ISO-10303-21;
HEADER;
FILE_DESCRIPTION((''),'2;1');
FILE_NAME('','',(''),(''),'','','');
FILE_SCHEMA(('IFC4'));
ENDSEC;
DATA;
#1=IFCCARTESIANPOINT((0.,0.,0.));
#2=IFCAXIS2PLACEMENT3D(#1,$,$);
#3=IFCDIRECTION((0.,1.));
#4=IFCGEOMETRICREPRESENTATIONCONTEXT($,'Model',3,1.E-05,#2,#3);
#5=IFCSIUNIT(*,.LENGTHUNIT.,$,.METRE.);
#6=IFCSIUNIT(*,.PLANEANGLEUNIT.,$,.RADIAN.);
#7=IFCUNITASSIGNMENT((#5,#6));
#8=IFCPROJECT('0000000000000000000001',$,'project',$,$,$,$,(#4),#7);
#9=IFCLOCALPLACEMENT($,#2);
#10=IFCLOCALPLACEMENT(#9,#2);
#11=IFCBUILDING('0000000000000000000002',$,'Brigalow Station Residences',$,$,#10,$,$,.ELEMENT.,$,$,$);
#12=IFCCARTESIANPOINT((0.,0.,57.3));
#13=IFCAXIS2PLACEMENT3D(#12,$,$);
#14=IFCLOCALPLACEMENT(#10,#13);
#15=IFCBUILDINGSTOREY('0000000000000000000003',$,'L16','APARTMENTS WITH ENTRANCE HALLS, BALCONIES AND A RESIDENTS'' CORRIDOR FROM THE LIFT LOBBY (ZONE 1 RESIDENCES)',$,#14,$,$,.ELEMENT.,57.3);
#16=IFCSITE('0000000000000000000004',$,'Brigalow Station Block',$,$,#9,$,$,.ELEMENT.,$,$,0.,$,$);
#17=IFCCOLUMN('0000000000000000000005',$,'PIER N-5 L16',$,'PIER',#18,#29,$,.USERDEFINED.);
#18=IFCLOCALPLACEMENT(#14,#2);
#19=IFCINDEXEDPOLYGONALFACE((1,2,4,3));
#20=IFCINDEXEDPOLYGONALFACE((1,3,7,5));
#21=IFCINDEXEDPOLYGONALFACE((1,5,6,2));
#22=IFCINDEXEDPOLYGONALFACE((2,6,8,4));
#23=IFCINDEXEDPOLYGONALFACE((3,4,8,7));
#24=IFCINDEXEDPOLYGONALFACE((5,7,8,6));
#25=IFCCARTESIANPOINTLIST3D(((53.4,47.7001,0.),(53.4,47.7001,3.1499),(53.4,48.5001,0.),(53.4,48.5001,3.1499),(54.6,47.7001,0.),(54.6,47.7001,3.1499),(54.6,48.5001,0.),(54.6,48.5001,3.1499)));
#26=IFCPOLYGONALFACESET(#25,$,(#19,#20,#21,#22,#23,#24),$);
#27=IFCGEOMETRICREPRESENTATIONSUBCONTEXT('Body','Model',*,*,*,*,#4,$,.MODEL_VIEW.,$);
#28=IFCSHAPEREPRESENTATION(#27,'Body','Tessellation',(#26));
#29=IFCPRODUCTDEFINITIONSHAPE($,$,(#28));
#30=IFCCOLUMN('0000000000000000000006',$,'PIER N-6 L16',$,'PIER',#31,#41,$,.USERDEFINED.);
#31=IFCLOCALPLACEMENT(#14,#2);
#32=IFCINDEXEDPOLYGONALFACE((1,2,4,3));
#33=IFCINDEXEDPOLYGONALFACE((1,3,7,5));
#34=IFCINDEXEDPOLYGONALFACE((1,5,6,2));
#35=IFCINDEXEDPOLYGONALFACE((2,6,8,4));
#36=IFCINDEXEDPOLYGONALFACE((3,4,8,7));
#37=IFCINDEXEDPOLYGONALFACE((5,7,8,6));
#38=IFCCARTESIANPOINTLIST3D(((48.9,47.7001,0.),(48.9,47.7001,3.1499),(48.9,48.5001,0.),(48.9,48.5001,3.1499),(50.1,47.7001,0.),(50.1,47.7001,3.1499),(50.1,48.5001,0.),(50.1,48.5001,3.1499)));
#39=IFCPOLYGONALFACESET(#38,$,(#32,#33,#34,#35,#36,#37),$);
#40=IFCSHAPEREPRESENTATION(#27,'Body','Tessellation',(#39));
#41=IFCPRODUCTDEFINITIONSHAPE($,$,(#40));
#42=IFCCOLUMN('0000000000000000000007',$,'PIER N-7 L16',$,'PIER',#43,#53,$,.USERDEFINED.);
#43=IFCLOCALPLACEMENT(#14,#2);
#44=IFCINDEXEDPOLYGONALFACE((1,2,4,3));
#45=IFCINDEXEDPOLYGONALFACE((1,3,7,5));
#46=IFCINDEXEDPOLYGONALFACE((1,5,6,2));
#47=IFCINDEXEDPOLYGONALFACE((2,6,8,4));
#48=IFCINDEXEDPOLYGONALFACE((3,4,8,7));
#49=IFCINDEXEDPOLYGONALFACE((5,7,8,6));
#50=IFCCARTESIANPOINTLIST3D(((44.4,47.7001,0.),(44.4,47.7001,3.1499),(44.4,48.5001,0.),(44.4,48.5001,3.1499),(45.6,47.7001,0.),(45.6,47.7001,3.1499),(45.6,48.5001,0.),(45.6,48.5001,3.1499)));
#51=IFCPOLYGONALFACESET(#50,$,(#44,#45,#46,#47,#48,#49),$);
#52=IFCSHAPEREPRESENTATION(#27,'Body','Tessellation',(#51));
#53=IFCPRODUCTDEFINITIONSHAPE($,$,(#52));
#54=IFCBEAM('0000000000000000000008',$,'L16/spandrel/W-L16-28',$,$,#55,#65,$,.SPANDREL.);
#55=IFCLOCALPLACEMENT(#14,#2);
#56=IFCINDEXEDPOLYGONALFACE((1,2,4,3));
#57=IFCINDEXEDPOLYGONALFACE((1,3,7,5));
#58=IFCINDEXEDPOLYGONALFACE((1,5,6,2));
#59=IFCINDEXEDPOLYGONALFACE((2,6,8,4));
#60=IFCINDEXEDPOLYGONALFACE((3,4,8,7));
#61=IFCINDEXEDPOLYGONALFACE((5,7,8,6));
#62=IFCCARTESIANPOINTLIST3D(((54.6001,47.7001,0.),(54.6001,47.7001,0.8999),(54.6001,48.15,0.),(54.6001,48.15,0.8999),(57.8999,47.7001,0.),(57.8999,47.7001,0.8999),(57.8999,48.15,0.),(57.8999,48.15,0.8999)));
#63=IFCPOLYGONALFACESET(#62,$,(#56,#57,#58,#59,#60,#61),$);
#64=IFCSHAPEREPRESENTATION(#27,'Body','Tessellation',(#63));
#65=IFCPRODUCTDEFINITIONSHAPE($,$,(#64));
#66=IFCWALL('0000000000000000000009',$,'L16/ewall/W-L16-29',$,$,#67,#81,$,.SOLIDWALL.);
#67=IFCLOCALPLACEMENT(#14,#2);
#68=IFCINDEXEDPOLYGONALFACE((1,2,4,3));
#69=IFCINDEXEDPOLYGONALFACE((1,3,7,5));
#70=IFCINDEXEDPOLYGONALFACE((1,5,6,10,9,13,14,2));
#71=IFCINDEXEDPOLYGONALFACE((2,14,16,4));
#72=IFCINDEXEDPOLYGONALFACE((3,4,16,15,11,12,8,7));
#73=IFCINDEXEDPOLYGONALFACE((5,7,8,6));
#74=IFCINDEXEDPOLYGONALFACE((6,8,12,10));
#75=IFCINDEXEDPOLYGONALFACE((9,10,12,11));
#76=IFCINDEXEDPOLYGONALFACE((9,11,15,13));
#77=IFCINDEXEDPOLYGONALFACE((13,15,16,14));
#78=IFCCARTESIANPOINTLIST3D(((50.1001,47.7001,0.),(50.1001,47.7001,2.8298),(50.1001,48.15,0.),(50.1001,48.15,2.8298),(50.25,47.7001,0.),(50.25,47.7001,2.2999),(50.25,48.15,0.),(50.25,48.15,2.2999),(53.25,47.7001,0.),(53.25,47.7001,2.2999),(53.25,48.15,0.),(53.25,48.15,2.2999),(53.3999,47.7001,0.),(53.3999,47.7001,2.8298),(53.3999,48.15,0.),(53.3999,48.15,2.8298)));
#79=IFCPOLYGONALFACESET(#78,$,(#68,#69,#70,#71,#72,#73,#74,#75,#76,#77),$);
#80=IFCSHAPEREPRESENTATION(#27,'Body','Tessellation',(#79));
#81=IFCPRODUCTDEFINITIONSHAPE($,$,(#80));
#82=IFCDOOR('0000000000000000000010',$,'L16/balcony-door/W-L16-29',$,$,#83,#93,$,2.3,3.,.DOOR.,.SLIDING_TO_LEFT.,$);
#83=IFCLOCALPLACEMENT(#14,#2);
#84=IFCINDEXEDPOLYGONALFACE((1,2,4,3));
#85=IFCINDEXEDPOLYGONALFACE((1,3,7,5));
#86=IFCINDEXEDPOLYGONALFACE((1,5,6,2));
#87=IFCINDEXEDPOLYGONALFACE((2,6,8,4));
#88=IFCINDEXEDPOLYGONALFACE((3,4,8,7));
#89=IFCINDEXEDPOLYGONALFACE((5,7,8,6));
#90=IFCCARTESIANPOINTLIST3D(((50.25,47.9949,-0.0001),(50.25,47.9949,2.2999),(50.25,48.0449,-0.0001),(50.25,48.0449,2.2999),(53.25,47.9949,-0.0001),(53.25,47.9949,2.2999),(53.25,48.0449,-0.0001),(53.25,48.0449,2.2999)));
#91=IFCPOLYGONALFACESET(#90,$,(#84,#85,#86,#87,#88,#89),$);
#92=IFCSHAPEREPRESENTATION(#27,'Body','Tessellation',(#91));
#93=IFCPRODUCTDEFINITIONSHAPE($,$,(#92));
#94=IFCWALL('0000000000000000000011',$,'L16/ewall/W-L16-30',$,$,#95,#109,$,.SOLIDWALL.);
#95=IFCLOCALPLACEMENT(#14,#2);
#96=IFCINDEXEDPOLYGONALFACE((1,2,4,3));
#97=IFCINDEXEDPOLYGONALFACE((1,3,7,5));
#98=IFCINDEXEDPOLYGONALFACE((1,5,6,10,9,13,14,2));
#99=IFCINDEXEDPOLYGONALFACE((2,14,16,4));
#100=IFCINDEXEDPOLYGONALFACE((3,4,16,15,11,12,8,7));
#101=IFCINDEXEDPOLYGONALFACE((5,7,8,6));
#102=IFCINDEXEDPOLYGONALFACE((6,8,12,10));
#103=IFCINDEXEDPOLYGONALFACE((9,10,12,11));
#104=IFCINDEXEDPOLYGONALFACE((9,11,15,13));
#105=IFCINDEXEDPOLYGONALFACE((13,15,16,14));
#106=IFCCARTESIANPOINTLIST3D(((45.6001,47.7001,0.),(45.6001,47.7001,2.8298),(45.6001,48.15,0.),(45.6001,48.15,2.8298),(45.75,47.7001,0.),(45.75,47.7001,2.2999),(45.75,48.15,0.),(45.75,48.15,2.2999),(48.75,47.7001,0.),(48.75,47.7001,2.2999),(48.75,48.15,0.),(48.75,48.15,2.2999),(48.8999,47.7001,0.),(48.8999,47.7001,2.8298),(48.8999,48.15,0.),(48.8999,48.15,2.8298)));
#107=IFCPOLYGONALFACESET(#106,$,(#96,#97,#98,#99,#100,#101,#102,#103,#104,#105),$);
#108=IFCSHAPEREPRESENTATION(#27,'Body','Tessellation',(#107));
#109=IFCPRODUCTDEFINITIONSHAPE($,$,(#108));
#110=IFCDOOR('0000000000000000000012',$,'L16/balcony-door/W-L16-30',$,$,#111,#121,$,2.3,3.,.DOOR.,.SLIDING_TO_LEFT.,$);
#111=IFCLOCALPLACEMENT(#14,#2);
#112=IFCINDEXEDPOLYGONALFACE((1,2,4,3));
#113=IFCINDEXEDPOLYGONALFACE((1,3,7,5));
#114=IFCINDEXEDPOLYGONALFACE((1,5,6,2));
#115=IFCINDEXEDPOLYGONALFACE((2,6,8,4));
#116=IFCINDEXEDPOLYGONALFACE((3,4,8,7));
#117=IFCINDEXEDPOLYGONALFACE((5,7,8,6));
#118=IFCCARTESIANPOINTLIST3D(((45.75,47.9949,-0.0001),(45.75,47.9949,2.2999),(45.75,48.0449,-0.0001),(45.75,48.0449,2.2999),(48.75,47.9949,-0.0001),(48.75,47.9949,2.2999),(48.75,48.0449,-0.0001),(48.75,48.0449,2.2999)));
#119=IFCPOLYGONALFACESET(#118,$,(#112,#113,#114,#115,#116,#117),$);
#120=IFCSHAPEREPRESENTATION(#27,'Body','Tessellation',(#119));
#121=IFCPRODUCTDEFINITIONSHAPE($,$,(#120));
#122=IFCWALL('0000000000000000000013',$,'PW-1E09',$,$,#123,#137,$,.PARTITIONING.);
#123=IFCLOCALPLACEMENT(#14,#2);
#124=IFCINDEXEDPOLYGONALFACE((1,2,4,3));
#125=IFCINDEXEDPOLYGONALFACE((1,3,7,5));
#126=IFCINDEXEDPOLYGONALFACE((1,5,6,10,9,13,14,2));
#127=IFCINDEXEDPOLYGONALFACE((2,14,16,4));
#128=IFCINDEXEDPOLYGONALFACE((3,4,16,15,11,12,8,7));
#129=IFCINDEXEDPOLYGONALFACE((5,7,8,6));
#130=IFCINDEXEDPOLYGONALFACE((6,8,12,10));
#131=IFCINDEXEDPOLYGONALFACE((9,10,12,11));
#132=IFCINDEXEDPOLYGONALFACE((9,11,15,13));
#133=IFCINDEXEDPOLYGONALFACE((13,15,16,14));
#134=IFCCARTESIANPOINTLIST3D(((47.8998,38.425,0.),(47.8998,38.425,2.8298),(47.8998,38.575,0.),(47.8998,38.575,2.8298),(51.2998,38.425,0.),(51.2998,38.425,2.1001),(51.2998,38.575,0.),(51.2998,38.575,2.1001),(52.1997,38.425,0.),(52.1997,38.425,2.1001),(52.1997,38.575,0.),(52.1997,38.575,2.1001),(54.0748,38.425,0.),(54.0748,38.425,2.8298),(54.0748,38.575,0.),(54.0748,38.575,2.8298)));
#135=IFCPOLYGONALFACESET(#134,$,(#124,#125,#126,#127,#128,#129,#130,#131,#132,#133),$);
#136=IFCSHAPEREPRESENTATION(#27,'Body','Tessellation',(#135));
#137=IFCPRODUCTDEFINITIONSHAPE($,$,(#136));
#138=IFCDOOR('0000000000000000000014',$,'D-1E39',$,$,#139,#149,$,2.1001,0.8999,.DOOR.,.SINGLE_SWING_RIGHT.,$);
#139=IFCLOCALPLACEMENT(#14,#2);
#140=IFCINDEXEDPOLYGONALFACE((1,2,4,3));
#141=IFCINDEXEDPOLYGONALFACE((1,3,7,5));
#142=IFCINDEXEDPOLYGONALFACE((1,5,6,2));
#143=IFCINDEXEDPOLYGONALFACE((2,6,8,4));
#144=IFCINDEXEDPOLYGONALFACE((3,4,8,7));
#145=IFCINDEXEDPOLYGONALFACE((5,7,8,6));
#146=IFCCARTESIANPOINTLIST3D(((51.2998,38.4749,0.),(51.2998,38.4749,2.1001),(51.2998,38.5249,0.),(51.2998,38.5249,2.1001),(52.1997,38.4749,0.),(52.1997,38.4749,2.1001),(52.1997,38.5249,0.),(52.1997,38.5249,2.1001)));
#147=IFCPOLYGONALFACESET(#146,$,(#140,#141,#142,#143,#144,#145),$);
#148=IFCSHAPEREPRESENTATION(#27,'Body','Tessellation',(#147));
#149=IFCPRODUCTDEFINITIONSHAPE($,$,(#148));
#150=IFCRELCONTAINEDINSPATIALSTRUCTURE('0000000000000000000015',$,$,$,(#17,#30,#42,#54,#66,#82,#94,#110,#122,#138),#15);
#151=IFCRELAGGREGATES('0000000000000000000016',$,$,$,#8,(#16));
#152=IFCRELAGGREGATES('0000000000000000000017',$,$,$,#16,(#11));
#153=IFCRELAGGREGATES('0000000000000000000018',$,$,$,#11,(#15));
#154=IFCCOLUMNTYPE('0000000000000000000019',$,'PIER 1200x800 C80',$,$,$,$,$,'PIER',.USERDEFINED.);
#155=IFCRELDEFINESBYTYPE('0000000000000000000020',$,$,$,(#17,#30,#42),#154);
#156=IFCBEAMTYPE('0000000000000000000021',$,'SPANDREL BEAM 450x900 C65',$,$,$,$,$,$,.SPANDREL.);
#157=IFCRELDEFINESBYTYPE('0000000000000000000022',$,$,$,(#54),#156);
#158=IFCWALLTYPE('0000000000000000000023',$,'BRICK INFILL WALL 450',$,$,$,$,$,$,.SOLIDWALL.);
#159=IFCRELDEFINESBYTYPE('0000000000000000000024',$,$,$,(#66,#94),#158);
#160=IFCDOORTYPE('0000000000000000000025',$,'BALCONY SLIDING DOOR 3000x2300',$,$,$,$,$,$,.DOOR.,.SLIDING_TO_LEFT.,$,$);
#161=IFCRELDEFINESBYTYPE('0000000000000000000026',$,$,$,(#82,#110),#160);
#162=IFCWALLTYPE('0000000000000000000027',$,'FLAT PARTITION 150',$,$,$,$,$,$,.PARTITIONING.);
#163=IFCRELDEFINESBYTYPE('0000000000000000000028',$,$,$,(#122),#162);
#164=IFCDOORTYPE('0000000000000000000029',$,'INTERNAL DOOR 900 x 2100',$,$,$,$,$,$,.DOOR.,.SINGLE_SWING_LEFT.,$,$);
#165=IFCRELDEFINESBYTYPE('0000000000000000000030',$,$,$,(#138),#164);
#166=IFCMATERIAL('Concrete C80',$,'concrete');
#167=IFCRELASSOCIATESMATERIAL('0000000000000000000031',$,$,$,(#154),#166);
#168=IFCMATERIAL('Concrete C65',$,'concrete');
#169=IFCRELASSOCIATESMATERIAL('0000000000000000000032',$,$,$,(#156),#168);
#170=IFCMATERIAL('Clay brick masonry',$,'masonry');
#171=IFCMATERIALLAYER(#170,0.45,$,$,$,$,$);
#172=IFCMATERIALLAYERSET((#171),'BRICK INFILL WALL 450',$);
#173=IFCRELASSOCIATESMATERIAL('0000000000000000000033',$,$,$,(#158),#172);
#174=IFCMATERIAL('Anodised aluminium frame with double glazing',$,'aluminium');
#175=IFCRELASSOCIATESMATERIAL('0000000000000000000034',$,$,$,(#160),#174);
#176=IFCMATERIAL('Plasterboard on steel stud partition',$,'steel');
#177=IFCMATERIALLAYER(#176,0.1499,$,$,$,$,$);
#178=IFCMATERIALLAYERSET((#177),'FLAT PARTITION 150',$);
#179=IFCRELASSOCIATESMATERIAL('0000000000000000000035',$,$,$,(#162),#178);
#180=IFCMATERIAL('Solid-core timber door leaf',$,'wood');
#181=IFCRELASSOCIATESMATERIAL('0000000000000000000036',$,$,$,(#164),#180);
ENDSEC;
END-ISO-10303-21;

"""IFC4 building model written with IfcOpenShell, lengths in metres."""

from ifc_helpers import new_model, si_unit, direction, frame, frame_2d, origin, origin_2d, place, context, subcontext, project, spatial, rectangle, extrude, material, layer, layer_set, material_profile, profile_set, type_object, element, fill, save


model = new_model("IFC4")

# Units and contexts
model_context = context("Model", 3, precision=1e-05, world=origin(), true_north=direction((0.0, 1.0)))
body_context = subcontext(model_context, "Body", "Model", "MODEL_VIEW")
ifc_project = project(units=[si_unit("LENGTHUNIT", "METRE"), si_unit("PLANEANGLEUNIT", "RADIAN")], contexts=[model_context])

# Site, building, storey
site_placement = place(None, origin())
site = spatial("IfcSite", under=ifc_project, at=site_placement, Name="Brigalow Station Block", CompositionType="ELEMENT", RefElevation=0.0)
building_placement = place(site_placement, origin())
building = spatial("IfcBuilding", under=site, at=building_placement, Name="Brigalow Station Residences", CompositionType="ELEMENT")
storey_placement = place(building_placement, frame((0.0, 0.0, 57.3)))
storey = spatial("IfcBuildingStorey", under=building, at=storey_placement, Name="L16", Description="APARTMENTS WITH ENTRANCE HALLS, BALCONIES AND A RESIDENTS' CORRIDOR FROM THE LIFT LOBBY (ZONE 1 RESIDENCES)", CompositionType="ELEMENT", Elevation=57.3)

# Columns
ifc_material_1 = material(Name="Concrete C80", Category="concrete")
ifc_material_profile_1 = material_profile(ifc_material_1, rectangle(XDim=1.2, YDim=0.8, at=origin_2d()), Name="RC1200x800")
ifc_profile_set_1 = profile_set([ifc_material_profile_1], Name="Concrete C80")
column_type = type_object("IfcColumnType", Name="PIER 1200x800 C80", ElementType="PIER", PredefinedType="USERDEFINED", material=ifc_profile_set_1)
for number, where, z_axis, x_axis, name in (
    (1, (54.0, 48.1001, 0.0), (0.0, 0.0, 1.0), (-1.0, 0.0, 0.0), "PIER N-5 L16"),
    (2, (49.5, 48.1001, 0.0), (0.0, 0.0, 1.0), (-1.0, 0.0, 0.0), "PIER N-6 L16"),
    (3, (45.0, 48.1001, 0.0), (0.0, 0.0, 1.0), (-1.0, 0.0, 0.0), "PIER N-7 L16"),
):
    element("IfcColumn", number, at=place(storey_placement, frame(where, z_axis=z_axis, x_axis=x_axis)), inside=storey, type_object=column_type, Name=name, ObjectType="PIER", PredefinedType="USERDEFINED", context=body_context, shape_type="SweptSolid", body=[
        extrude(rectangle(XDim=1.2, YDim=0.8, at=origin_2d()), origin(), (0.0, 0.0, 1.0), 3.1499),
    ])

# Beam
ifc_material_2 = material(Name="Concrete C65", Category="concrete")
ifc_material_profile_2 = material_profile(ifc_material_2, rectangle(XDim=0.45, YDim=0.8999, at=origin_2d()), Name="RC450x900")
ifc_profile_set_2 = profile_set([ifc_material_profile_2], Name="Concrete C65")
beam_type = type_object("IfcBeamType", Name="SPANDREL BEAM 450x900 C65", PredefinedType="SPANDREL", material=ifc_profile_set_2)
beam_placement = place(storey_placement, frame((57.8999, 47.925, 0.45), z_axis=(-1.0, 0.0, 0.0), x_axis=(0.0, -1.0, 0.0)))
element("IfcBeam", 4, at=beam_placement, inside=storey, type_object=beam_type, Name="L16/spandrel/W-L16-28", PredefinedType="SPANDREL", context=body_context, shape_type="SweptSolid", body=[
    extrude(rectangle(XDim=0.45, YDim=0.8999, at=origin_2d()), origin(), (0.0, 0.0, 1.0), 3.2998),
])

# Walls, openings, doors
ifc_material_3 = material(Name="Clay brick masonry", Category="masonry")
ifc_layer_1 = layer(ifc_material_3, 0.45)
ifc_layer_set_1 = layer_set([ifc_layer_1], Name="BRICK INFILL WALL 450")
wall_type_1 = type_object("IfcWallType", Name="BRICK INFILL WALL 450", PredefinedType="SOLIDWALL", material=ifc_layer_set_1)
wall_1_placement = place(storey_placement, frame((53.3999, 47.925, 0.0), z_axis=(0.0, 0.0, 1.0), x_axis=(-1.0, 0.0, 0.0)))
wall_1 = element("IfcWall", 5, at=wall_1_placement, inside=storey, type_object=wall_type_1, Name="L16/ewall/W-L16-29", PredefinedType="SOLIDWALL", context=body_context, shape_type="SweptSolid", body=[
    extrude(rectangle(XDim=3.2998, YDim=0.45, at=frame_2d((1.6499, 0.0))), origin(), (0.0, 0.0, 1.0), 2.8298),
])
opening_1_placement = place(wall_1_placement, frame((0.1499, 0.0, 0.0)))
opening_1 = element("IfcOpeningElement", 6, at=opening_1_placement, cuts=wall_1, PredefinedType="OPENING", context=body_context, shape_type="SweptSolid", body=[
    extrude(rectangle(XDim=3.0, YDim=2.3, at=frame_2d((1.5, 1.1499))), frame((0.0, 0.2349, 0.0), z_axis=(0.0, -1.0, 0.0), x_axis=(1.0, 0.0, 0.0)), (0.0, 0.0, 1.0), 0.47),
])
ifc_material_4 = material(Name="Anodised aluminium frame with double glazing", Category="aluminium")
door_type_1 = type_object("IfcDoorType", Name="BALCONY SLIDING DOOR 3000x2300", OperationType="SLIDING_TO_LEFT", PredefinedType="DOOR", material=ifc_material_4)
door_1_placement = place(opening_1_placement, origin())
door_1 = element("IfcDoor", 7, at=door_1_placement, inside=storey, type_object=door_type_1, Name="L16/balcony-door/W-L16-29", OperationType="SLIDING_TO_LEFT", OverallHeight=2.3, OverallWidth=3.0, PredefinedType="DOOR", context=body_context, shape_type="SweptSolid", body=[
    extrude(rectangle(XDim=3.0, YDim=2.3, at=frame_2d((1.5, 1.1499))), frame((0.0, -0.0698, 0.0), z_axis=(0.0, -1.0, 0.0), x_axis=(1.0, 0.0, 0.0)), (0.0, 0.0, 1.0), 0.05),
])
fill(opening_1, door_1)
wall_2_placement = place(storey_placement, frame((48.8999, 47.925, 0.0), z_axis=(0.0, 0.0, 1.0), x_axis=(-1.0, 0.0, 0.0)))
wall_2 = element("IfcWall", 8, at=wall_2_placement, inside=storey, type_object=wall_type_1, Name="L16/ewall/W-L16-30", PredefinedType="SOLIDWALL", context=body_context, shape_type="SweptSolid", body=[
    extrude(rectangle(XDim=3.2998, YDim=0.45, at=frame_2d((1.6499, 0.0))), origin(), (0.0, 0.0, 1.0), 2.8298),
])
opening_2_placement = place(wall_2_placement, frame((0.1499, 0.0, 0.0)))
opening_2 = element("IfcOpeningElement", 9, at=opening_2_placement, cuts=wall_2, PredefinedType="OPENING", context=body_context, shape_type="SweptSolid", body=[
    extrude(rectangle(XDim=3.0, YDim=2.3, at=frame_2d((1.5, 1.1499))), frame((0.0, 0.2349, 0.0), z_axis=(0.0, -1.0, 0.0), x_axis=(1.0, 0.0, 0.0)), (0.0, 0.0, 1.0), 0.47),
])
door_2_placement = place(opening_2_placement, origin())
door_2 = element("IfcDoor", 10, at=door_2_placement, inside=storey, type_object=door_type_1, Name="L16/balcony-door/W-L16-30", OperationType="SLIDING_TO_LEFT", OverallHeight=2.3, OverallWidth=3.0, PredefinedType="DOOR", context=body_context, shape_type="SweptSolid", body=[
    extrude(rectangle(XDim=3.0, YDim=2.3, at=frame_2d((1.5, 1.1499))), frame((0.0, -0.0698, 0.0), z_axis=(0.0, -1.0, 0.0), x_axis=(1.0, 0.0, 0.0)), (0.0, 0.0, 1.0), 0.05),
])
fill(opening_2, door_2)
ifc_material_5 = material(Name="Plasterboard on steel stud partition", Category="steel")
ifc_layer_2 = layer(ifc_material_5, 0.1499)
ifc_layer_set_2 = layer_set([ifc_layer_2], Name="FLAT PARTITION 150")
wall_type_2 = type_object("IfcWallType", Name="FLAT PARTITION 150", PredefinedType="PARTITIONING", material=ifc_layer_set_2)
wall_3_placement = place(storey_placement, frame((47.8999, 38.5, 0.0), z_axis=(0.0, 0.0, 1.0), x_axis=(1.0, 0.0, 0.0)))
wall_3 = element("IfcWall", 11, at=wall_3_placement, inside=storey, type_object=wall_type_2, Name="PW-1E09", PredefinedType="PARTITIONING", context=body_context, shape_type="SweptSolid", body=[
    extrude(rectangle(XDim=6.175, YDim=0.1499, at=frame_2d((3.0874, 0.0))), origin(), (0.0, 0.0, 1.0), 2.8298),
])
opening_3_placement = place(wall_3_placement, frame((3.3999, 0.0, 0.0)))
opening_3 = element("IfcOpeningElement", 12, at=opening_3_placement, cuts=wall_3, PredefinedType="OPENING", context=body_context, shape_type="SweptSolid", body=[
    extrude(rectangle(XDim=0.8999, YDim=2.1001, at=frame_2d((0.45, 1.05))), frame((0.0, 0.085, 0.0), z_axis=(0.0, -1.0, 0.0), x_axis=(1.0, 0.0, 0.0)), (0.0, 0.0, 1.0), 0.1699),
])
ifc_material_6 = material(Name="Solid-core timber door leaf", Category="wood")
door_type_2 = type_object("IfcDoorType", Name="INTERNAL DOOR 900 x 2100", OperationType="SINGLE_SWING_LEFT", PredefinedType="DOOR", material=ifc_material_6)
door_3_placement = place(opening_3_placement, origin())
door_3 = element("IfcDoor", 13, at=door_3_placement, inside=storey, type_object=door_type_2, Name="D-1E39", OperationType="SINGLE_SWING_RIGHT", OverallHeight=2.1001, OverallWidth=0.8999, PredefinedType="DOOR", context=body_context, shape_type="SweptSolid", body=[
    extrude(rectangle(XDim=0.8999, YDim=2.1001, at=frame_2d((0.45, 1.05))), frame((0.0, 0.0249, 0.0), z_axis=(0.0, -1.0, 0.0), x_axis=(1.0, 0.0, 0.0)), (0.0, 0.0, 1.0), 0.05),
])
fill(opening_3, door_3)

save(model, "model.ifc")
